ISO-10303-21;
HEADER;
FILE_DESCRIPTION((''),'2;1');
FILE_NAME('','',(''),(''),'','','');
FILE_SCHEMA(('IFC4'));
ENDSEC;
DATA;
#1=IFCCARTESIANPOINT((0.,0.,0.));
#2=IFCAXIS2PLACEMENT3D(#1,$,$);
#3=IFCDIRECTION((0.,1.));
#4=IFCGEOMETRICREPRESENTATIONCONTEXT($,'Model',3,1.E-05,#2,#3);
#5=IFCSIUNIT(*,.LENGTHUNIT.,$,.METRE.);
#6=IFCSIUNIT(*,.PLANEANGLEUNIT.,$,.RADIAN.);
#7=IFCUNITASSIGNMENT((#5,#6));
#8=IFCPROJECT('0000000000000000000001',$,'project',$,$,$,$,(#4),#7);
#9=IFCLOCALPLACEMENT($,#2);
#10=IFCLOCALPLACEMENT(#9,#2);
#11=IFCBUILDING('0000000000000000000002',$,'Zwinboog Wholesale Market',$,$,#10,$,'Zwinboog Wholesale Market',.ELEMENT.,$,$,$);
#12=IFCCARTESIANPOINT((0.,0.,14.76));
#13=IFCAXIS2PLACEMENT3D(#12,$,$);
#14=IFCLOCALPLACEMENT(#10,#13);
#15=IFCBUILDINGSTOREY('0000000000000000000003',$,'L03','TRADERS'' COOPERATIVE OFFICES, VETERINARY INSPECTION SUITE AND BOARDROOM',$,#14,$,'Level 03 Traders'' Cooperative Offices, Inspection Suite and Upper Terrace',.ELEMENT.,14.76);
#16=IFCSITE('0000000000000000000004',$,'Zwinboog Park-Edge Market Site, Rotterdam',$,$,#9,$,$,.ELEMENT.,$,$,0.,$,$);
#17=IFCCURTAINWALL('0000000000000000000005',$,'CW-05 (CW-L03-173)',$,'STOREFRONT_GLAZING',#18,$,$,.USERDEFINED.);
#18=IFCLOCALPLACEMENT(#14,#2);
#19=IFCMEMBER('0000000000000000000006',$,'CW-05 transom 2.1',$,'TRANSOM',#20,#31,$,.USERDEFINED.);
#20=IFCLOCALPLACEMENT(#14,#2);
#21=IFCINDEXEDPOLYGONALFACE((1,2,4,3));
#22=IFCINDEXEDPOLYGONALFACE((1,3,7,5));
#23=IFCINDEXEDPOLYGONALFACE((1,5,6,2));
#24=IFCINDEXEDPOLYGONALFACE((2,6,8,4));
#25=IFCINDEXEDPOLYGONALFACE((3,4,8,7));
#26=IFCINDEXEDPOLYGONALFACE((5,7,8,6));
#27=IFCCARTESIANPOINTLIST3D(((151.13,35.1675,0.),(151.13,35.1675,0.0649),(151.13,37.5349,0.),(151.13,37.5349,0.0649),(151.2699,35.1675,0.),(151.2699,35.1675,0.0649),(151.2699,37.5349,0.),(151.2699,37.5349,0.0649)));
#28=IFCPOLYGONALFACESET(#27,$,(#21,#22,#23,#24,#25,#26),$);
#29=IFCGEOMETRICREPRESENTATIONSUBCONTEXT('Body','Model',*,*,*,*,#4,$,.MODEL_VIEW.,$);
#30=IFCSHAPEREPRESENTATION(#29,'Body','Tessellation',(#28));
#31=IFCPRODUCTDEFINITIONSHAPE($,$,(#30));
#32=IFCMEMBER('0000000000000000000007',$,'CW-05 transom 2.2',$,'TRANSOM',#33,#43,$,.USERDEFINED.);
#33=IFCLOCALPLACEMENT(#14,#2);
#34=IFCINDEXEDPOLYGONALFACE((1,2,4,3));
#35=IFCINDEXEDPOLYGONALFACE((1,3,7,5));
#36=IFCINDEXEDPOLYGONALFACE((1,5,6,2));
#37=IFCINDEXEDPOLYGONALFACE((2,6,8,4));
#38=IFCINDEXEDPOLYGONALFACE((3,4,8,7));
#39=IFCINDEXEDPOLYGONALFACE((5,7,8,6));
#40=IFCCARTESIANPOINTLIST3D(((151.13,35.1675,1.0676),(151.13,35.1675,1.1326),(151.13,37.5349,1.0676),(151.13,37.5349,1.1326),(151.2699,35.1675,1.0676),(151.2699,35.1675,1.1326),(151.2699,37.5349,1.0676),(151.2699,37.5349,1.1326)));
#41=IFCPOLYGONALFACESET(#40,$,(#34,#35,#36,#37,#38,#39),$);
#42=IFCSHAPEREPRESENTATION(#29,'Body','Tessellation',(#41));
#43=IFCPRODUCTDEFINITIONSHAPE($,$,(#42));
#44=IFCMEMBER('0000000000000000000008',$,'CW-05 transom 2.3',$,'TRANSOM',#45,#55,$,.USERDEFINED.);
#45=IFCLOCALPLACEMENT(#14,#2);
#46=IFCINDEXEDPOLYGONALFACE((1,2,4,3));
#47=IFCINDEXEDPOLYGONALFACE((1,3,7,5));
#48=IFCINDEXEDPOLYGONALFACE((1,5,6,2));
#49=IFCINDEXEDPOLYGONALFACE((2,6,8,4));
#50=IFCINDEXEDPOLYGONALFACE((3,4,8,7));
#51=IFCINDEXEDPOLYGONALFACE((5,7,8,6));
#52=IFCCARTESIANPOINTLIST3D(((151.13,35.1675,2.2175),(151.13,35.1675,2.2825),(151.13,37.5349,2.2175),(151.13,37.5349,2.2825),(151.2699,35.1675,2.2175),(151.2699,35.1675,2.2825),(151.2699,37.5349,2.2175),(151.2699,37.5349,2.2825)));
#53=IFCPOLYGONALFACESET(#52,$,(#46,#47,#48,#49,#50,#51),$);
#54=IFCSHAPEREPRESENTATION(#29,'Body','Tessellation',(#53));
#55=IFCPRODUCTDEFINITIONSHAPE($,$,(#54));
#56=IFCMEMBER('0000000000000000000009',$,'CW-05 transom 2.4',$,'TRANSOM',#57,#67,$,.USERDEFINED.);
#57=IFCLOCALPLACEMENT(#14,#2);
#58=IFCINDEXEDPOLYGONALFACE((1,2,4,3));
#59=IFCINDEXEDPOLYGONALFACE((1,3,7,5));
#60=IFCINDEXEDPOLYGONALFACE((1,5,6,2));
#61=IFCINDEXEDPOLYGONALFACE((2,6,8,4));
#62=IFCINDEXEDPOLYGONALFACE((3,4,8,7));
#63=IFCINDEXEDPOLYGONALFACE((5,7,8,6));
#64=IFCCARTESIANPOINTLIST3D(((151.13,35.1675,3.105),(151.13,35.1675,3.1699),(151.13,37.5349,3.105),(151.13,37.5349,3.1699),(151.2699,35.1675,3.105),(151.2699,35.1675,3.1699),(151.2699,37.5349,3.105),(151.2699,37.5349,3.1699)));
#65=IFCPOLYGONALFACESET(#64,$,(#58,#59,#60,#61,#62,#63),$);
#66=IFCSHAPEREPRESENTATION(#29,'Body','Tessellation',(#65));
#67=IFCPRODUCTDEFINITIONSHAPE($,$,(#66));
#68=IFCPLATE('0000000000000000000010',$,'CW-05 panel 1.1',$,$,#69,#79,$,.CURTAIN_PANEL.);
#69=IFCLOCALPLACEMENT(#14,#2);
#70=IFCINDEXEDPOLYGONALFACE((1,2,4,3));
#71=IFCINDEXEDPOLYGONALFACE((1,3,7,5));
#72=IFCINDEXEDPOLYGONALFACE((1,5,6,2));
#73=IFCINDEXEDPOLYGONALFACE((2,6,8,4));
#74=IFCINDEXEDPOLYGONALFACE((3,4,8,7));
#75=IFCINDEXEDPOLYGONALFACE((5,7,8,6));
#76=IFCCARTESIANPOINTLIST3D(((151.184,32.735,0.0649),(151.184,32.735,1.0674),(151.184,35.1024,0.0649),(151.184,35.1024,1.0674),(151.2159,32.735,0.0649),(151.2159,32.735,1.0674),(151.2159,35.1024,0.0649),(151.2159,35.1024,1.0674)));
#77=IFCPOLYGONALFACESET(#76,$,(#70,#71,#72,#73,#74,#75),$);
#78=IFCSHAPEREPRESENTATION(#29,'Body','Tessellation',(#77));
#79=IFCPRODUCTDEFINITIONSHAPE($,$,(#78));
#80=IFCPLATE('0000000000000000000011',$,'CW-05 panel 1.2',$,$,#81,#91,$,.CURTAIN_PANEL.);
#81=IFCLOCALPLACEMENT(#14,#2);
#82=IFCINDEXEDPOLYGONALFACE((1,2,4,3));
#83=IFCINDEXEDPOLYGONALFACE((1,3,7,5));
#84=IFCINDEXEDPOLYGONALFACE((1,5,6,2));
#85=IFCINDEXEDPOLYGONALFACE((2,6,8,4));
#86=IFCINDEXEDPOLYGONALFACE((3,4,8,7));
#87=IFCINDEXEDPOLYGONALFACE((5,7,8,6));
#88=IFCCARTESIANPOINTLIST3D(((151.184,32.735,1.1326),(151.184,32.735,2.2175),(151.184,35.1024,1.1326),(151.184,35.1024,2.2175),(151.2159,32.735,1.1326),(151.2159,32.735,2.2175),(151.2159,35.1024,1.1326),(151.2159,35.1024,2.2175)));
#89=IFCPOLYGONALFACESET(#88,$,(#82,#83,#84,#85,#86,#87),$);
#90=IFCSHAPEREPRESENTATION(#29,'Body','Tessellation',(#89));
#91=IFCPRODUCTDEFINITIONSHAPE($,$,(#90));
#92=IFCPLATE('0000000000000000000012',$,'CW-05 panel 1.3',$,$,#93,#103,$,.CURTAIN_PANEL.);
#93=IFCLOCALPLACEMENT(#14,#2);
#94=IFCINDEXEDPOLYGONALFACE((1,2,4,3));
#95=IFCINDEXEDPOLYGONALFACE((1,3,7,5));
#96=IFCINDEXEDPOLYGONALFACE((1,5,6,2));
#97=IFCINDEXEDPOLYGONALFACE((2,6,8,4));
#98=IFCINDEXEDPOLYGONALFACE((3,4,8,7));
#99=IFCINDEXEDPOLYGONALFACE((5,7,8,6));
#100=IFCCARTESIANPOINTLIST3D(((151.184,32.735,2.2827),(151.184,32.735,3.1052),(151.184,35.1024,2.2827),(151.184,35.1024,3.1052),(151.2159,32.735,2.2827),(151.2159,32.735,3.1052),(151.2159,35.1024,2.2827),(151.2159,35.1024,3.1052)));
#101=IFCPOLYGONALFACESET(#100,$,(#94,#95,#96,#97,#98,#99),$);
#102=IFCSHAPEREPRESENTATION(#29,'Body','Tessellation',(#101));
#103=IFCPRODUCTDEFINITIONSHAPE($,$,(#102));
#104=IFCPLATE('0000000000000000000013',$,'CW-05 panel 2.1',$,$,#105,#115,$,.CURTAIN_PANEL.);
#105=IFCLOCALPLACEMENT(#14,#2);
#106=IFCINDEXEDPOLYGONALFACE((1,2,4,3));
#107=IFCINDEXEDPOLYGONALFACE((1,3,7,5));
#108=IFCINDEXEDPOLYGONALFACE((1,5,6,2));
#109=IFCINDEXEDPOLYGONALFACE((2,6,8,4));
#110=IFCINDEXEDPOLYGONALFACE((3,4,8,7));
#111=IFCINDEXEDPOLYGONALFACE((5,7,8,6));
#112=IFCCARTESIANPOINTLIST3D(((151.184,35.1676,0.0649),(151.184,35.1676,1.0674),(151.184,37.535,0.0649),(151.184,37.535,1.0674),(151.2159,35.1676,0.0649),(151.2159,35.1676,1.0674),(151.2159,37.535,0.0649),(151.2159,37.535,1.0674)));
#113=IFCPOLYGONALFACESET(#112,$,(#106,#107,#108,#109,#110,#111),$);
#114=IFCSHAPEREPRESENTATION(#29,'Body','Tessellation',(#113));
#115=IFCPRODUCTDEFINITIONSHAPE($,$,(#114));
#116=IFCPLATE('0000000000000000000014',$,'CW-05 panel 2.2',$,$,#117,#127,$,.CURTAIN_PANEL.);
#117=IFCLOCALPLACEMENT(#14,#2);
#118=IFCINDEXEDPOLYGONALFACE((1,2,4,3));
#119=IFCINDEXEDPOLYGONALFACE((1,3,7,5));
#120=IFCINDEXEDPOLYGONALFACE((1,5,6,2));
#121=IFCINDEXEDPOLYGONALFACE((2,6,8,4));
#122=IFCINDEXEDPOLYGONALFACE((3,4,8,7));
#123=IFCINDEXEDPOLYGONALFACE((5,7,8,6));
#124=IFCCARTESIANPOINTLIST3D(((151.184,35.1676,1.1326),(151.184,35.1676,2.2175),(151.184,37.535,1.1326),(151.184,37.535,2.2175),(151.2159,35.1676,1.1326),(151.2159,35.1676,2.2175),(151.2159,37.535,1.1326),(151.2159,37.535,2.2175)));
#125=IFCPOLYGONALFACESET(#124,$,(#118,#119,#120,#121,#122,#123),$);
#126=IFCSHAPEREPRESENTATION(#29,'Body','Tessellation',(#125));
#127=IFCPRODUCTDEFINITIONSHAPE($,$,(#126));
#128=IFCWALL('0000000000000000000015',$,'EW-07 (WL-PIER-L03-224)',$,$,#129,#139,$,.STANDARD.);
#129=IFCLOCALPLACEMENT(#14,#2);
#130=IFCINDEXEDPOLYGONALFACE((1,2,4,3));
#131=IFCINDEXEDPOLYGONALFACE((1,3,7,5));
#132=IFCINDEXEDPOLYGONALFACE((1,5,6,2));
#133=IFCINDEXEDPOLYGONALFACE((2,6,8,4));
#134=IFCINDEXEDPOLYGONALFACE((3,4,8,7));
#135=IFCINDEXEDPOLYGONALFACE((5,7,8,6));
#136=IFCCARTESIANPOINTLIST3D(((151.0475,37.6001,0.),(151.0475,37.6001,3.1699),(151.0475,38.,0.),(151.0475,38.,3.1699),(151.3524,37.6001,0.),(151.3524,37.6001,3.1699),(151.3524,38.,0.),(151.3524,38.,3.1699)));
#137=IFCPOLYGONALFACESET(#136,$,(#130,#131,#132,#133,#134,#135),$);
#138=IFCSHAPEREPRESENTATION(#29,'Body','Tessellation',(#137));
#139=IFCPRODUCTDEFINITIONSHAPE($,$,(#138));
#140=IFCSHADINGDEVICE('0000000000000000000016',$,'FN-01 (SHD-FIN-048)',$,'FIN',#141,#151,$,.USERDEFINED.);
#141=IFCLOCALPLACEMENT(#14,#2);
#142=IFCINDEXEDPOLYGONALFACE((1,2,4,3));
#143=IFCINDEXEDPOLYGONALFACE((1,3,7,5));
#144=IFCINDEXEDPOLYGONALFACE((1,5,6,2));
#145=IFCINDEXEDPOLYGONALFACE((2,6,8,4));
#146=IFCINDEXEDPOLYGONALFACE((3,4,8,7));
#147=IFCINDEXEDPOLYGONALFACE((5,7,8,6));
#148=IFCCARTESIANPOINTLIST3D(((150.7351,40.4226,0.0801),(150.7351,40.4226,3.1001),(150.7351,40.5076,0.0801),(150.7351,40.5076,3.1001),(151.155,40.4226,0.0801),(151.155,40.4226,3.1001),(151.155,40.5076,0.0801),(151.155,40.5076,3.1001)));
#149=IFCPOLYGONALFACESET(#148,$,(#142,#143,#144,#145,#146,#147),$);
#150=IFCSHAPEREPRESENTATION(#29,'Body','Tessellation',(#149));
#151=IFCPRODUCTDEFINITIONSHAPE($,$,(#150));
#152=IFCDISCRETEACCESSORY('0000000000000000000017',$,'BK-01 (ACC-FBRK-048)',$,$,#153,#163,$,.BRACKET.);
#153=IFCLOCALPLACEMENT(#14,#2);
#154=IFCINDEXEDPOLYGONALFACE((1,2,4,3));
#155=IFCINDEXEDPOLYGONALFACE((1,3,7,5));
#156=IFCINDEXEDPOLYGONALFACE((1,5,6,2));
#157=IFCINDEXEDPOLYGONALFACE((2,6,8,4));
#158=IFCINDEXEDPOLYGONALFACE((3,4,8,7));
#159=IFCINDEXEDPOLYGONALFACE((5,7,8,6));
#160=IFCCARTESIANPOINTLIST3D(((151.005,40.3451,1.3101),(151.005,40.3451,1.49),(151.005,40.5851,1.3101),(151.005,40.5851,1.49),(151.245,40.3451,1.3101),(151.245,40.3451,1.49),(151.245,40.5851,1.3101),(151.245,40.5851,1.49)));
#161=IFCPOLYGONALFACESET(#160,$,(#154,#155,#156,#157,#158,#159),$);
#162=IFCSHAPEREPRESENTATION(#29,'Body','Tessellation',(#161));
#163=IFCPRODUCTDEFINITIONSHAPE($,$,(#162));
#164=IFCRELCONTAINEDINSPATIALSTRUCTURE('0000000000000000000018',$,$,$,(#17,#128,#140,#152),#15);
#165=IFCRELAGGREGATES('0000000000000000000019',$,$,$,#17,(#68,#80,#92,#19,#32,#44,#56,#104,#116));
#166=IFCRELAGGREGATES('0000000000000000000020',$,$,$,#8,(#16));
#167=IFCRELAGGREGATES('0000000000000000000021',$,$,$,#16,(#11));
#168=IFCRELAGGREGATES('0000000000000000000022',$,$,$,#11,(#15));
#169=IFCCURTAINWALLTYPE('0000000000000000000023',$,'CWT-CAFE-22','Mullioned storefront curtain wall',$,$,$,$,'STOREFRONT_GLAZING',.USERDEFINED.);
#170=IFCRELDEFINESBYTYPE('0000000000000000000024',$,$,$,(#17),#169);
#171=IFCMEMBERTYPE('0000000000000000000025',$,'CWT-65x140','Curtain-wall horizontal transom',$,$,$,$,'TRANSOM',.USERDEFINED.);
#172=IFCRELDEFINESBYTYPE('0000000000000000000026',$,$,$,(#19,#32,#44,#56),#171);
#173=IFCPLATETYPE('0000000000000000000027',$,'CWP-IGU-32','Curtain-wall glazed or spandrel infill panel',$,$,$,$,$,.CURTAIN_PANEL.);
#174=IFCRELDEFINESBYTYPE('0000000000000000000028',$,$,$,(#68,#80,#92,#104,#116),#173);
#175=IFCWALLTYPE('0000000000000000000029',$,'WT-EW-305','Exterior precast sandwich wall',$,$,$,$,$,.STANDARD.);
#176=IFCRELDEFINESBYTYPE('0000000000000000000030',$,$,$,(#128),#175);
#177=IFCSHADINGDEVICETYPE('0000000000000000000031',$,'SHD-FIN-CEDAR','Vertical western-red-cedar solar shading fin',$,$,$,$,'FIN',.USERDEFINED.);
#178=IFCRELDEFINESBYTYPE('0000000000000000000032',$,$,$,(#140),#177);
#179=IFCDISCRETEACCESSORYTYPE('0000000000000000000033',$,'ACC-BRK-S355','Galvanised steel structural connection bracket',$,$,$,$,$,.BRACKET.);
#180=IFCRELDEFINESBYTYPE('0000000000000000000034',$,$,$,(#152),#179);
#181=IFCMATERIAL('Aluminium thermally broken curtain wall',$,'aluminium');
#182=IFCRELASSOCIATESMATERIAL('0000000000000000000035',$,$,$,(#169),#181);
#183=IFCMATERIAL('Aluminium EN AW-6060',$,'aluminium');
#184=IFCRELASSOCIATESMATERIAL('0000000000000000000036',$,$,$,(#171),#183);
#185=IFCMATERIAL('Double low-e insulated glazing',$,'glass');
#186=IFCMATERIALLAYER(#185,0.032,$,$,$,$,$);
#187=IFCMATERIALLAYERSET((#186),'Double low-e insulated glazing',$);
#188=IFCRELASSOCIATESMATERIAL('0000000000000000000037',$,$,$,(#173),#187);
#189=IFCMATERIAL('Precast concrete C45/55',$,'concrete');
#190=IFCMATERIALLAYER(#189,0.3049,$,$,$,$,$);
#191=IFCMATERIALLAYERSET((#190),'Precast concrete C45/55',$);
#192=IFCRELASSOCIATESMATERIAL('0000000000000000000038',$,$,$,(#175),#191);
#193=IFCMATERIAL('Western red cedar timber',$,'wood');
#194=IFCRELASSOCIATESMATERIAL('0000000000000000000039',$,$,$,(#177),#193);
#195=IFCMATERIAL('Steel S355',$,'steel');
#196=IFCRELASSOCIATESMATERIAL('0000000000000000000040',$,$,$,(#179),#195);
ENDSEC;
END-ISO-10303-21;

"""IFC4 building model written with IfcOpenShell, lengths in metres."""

from ifc_helpers import new_model, si_unit, direction, frame, frame_2d, origin, origin_2d, place, context, subcontext, project, spatial, rectangle, extrude, material, layer, layer_set, material_profile, profile_set, type_object, element, aggregate, save


model = new_model("IFC4")

# Units and contexts
model_context = context("Model", 3, precision=1e-05, world=origin(), true_north=direction((0.0, 1.0)))
body_context = subcontext(model_context, "Body", "Model", "MODEL_VIEW")
ifc_project = project(units=[si_unit("LENGTHUNIT", "METRE"), si_unit("PLANEANGLEUNIT", "RADIAN")], contexts=[model_context])

# Site, building, storey
site_placement = place(None, origin())
site = spatial("IfcSite", under=ifc_project, at=site_placement, Name="Zwinboog Park-Edge Market Site, Rotterdam", CompositionType="ELEMENT", RefElevation=0.0)
building_placement = place(site_placement, origin())
building = spatial("IfcBuilding", under=site, at=building_placement, Name="Zwinboog Wholesale Market", LongName="Zwinboog Wholesale Market", CompositionType="ELEMENT")
storey_placement = place(building_placement, frame((0.0, 0.0, 14.76)))
storey = spatial("IfcBuildingStorey", under=building, at=storey_placement, Name="L03", Description="TRADERS' COOPERATIVE OFFICES, VETERINARY INSPECTION SUITE AND BOARDROOM", LongName="Level 03 Traders' Cooperative Offices, Inspection Suite and Upper Terrace", CompositionType="ELEMENT", Elevation=14.76)

# Shared definitions
ifc_material_1 = material(Name="Precast concrete C45/55", Category="concrete")

# Shared definitions
ifc_material_2 = material(Name="Steel S355", Category="steel")

# Curtain wall, members, plates
ifc_material_3 = material(Name="Aluminium thermally broken curtain wall", Category="aluminium")
curtain_wall_type = type_object("IfcCurtainWallType", Name="CWT-CAFE-22", Description="Mullioned storefront curtain wall", ElementType="STOREFRONT_GLAZING", PredefinedType="USERDEFINED", material=ifc_material_3)
curtain_wall_placement = place(storey_placement, origin())
curtain_wall = element("IfcCurtainWall", 1, at=curtain_wall_placement, inside=storey, type_object=curtain_wall_type, Name="CW-05 (CW-L03-173)", ObjectType="STOREFRONT_GLAZING", PredefinedType="USERDEFINED")
ifc_material_4 = material(Name="Aluminium EN AW-6060", Category="aluminium")
ifc_material_profile_1 = material_profile(ifc_material_4, rectangle(XDim=0.1399, YDim=0.0649, at=origin_2d()), Name="AL 65x140")
ifc_profile_set_1 = profile_set([ifc_material_profile_1], Name="Aluminium EN AW-6060")
member_type_1 = type_object("IfcMemberType", Name="CWT-65x140", Description="Curtain-wall horizontal transom", ElementType="TRANSOM", PredefinedType="USERDEFINED", material=ifc_profile_set_1)
member_1_placement = place(storey_placement, frame((151.2, 35.1675, 0.0325), z_axis=(0.0, 1.0, 0.0), x_axis=(-1.0, 0.0, 0.0)))
member_1 = element("IfcMember", 2, at=member_1_placement, type_object=member_type_1, Name="CW-05 transom 2.1", ObjectType="TRANSOM", PredefinedType="USERDEFINED", context=body_context, shape_type="SweptSolid", body=[
    extrude(rectangle(XDim=0.1399, YDim=0.0649, at=origin_2d()), origin(), (0.0, 0.0, 1.0), 2.3674),
])
member_2_placement = place(storey_placement, frame((151.2, 35.1675, 1.1001), z_axis=(0.0, 1.0, 0.0), x_axis=(-1.0, 0.0, 0.0)))
member_2 = element("IfcMember", 3, at=member_2_placement, type_object=member_type_1, Name="CW-05 transom 2.2", ObjectType="TRANSOM", PredefinedType="USERDEFINED", context=body_context, shape_type="SweptSolid", body=[
    extrude(rectangle(XDim=0.1399, YDim=0.0649, at=origin_2d()), origin(), (0.0, 0.0, 1.0), 2.3674),
])
member_3_placement = place(storey_placement, frame((151.2, 35.1675, 2.25), z_axis=(0.0, 1.0, 0.0), x_axis=(-1.0, 0.0, 0.0)))
member_3 = element("IfcMember", 4, at=member_3_placement, type_object=member_type_1, Name="CW-05 transom 2.3", ObjectType="TRANSOM", PredefinedType="USERDEFINED", context=body_context, shape_type="SweptSolid", body=[
    extrude(rectangle(XDim=0.1399, YDim=0.0649, at=origin_2d()), origin(), (0.0, 0.0, 1.0), 2.3674),
])
member_4_placement = place(storey_placement, frame((151.2, 35.1675, 3.1375), z_axis=(0.0, 1.0, 0.0), x_axis=(-1.0, 0.0, 0.0)))
member_4 = element("IfcMember", 5, at=member_4_placement, type_object=member_type_1, Name="CW-05 transom 2.4", ObjectType="TRANSOM", PredefinedType="USERDEFINED", context=body_context, shape_type="SweptSolid", body=[
    extrude(rectangle(XDim=0.1399, YDim=0.0649, at=origin_2d()), origin(), (0.0, 0.0, 1.0), 2.3674),
])
ifc_material_5 = material(Name="Double low-e insulated glazing", Category="glass")
ifc_layer_1 = layer(ifc_material_5, 0.032)
ifc_layer_set_1 = layer_set([ifc_layer_1], Name="Double low-e insulated glazing")
plate_type = type_object("IfcPlateType", Name="CWP-IGU-32", Description="Curtain-wall glazed or spandrel infill panel", PredefinedType="CURTAIN_PANEL", material=ifc_layer_set_1)
plate_1_placement = place(storey_placement, frame((151.2, 33.9187, 0.0649), z_axis=(0.0, 0.0, 1.0), x_axis=(0.0, 1.0, 0.0)))
plate_1 = element("IfcPlate", 6, at=plate_1_placement, type_object=plate_type, Name="CW-05 panel 1.1", PredefinedType="CURTAIN_PANEL", context=body_context, shape_type="SweptSolid", body=[
    extrude(rectangle(XDim=2.3674, YDim=0.032, at=origin_2d()), origin(), (0.0, 0.0, 1.0), 1.0024),
])
plate_2_placement = place(storey_placement, frame((151.2, 33.9187, 1.1326), z_axis=(0.0, 0.0, 1.0), x_axis=(0.0, 1.0, 0.0)))
plate_2 = element("IfcPlate", 7, at=plate_2_placement, type_object=plate_type, Name="CW-05 panel 1.2", PredefinedType="CURTAIN_PANEL", context=body_context, shape_type="SweptSolid", body=[
    extrude(rectangle(XDim=2.3674, YDim=0.032, at=origin_2d()), origin(), (0.0, 0.0, 1.0), 1.085),
])
plate_3_placement = place(storey_placement, frame((151.2, 33.9187, 2.2827), z_axis=(0.0, 0.0, 1.0), x_axis=(0.0, 1.0, 0.0)))
plate_3 = element("IfcPlate", 8, at=plate_3_placement, type_object=plate_type, Name="CW-05 panel 1.3", PredefinedType="CURTAIN_PANEL", context=body_context, shape_type="SweptSolid", body=[
    extrude(rectangle(XDim=2.3674, YDim=0.032, at=origin_2d()), origin(), (0.0, 0.0, 1.0), 0.8225),
])
plate_4_placement = place(storey_placement, frame((151.2, 36.3513, 0.0649), z_axis=(0.0, 0.0, 1.0), x_axis=(0.0, 1.0, 0.0)))
plate_4 = element("IfcPlate", 9, at=plate_4_placement, type_object=plate_type, Name="CW-05 panel 2.1", PredefinedType="CURTAIN_PANEL", context=body_context, shape_type="SweptSolid", body=[
    extrude(rectangle(XDim=2.3674, YDim=0.032, at=origin_2d()), origin(), (0.0, 0.0, 1.0), 1.0024),
])
plate_5_placement = place(storey_placement, frame((151.2, 36.3513, 1.1326), z_axis=(0.0, 0.0, 1.0), x_axis=(0.0, 1.0, 0.0)))
plate_5 = element("IfcPlate", 10, at=plate_5_placement, type_object=plate_type, Name="CW-05 panel 2.2", PredefinedType="CURTAIN_PANEL", context=body_context, shape_type="SweptSolid", body=[
    extrude(rectangle(XDim=2.3674, YDim=0.032, at=origin_2d()), origin(), (0.0, 0.0, 1.0), 1.085),
])
aggregate(curtain_wall, [plate_1, plate_2, plate_3, member_1, member_2, member_3, member_4, plate_4, plate_5])

# Wall
ifc_layer_2 = layer(ifc_material_1, 0.3049)
ifc_layer_set_2 = layer_set([ifc_layer_2], Name="Precast concrete C45/55")
wall_type = type_object("IfcWallType", Name="WT-EW-305", Description="Exterior precast sandwich wall", PredefinedType="STANDARD", material=ifc_layer_set_2)
wall_placement = place(storey_placement, frame((151.2, 37.6001, 0.0), z_axis=(0.0, 0.0, 1.0), x_axis=(0.0, 1.0, 0.0)))
element("IfcWall", 11, at=wall_placement, inside=storey, type_object=wall_type, Name="EW-07 (WL-PIER-L03-224)", PredefinedType="STANDARD", context=body_context, shape_type="SweptSolid", body=[
    extrude(rectangle(XDim=0.3999, YDim=0.3049, at=frame_2d((0.2, 0.0))), origin(), (0.0, 0.0, 1.0), 3.1699),
])

# Shading device
ifc_material_6 = material(Name="Western red cedar timber", Category="wood")
shading_device_type = type_object("IfcShadingDeviceType", Name="SHD-FIN-CEDAR", Description="Vertical western-red-cedar solar shading fin", ElementType="FIN", PredefinedType="USERDEFINED", material=ifc_material_6)
shading_device_placement = place(storey_placement, frame((150.9451, 40.4651, 0.0801), z_axis=(0.0, 0.0, 1.0), x_axis=(1.0, 0.0, 0.0)))
element("IfcShadingDevice", 12, at=shading_device_placement, inside=storey, type_object=shading_device_type, Name="FN-01 (SHD-FIN-048)", ObjectType="FIN", PredefinedType="USERDEFINED", context=body_context, shape_type="SweptSolid", body=[
    extrude(rectangle(XDim=0.4199, YDim=0.085, at=origin_2d()), origin(), (0.0, 0.0, 1.0), 3.02),
])

# Discrete accessory
discrete_accessory_type = type_object("IfcDiscreteAccessoryType", Name="ACC-BRK-S355", Description="Galvanised steel structural connection bracket", PredefinedType="BRACKET", material=ifc_material_2)
discrete_accessory_placement = place(storey_placement, frame((151.125, 40.4651, 1.3101), z_axis=(0.0, 0.0, 1.0), x_axis=(1.0, 0.0, 0.0)))
element("IfcDiscreteAccessory", 13, at=discrete_accessory_placement, inside=storey, type_object=discrete_accessory_type, Name="BK-01 (ACC-FBRK-048)", PredefinedType="BRACKET", context=body_context, shape_type="SweptSolid", body=[
    extrude(rectangle(XDim=0.24, YDim=0.24, at=origin_2d()), origin(), (0.0, 0.0, 1.0), 0.1799),
])

save(model, "model.ifc")
